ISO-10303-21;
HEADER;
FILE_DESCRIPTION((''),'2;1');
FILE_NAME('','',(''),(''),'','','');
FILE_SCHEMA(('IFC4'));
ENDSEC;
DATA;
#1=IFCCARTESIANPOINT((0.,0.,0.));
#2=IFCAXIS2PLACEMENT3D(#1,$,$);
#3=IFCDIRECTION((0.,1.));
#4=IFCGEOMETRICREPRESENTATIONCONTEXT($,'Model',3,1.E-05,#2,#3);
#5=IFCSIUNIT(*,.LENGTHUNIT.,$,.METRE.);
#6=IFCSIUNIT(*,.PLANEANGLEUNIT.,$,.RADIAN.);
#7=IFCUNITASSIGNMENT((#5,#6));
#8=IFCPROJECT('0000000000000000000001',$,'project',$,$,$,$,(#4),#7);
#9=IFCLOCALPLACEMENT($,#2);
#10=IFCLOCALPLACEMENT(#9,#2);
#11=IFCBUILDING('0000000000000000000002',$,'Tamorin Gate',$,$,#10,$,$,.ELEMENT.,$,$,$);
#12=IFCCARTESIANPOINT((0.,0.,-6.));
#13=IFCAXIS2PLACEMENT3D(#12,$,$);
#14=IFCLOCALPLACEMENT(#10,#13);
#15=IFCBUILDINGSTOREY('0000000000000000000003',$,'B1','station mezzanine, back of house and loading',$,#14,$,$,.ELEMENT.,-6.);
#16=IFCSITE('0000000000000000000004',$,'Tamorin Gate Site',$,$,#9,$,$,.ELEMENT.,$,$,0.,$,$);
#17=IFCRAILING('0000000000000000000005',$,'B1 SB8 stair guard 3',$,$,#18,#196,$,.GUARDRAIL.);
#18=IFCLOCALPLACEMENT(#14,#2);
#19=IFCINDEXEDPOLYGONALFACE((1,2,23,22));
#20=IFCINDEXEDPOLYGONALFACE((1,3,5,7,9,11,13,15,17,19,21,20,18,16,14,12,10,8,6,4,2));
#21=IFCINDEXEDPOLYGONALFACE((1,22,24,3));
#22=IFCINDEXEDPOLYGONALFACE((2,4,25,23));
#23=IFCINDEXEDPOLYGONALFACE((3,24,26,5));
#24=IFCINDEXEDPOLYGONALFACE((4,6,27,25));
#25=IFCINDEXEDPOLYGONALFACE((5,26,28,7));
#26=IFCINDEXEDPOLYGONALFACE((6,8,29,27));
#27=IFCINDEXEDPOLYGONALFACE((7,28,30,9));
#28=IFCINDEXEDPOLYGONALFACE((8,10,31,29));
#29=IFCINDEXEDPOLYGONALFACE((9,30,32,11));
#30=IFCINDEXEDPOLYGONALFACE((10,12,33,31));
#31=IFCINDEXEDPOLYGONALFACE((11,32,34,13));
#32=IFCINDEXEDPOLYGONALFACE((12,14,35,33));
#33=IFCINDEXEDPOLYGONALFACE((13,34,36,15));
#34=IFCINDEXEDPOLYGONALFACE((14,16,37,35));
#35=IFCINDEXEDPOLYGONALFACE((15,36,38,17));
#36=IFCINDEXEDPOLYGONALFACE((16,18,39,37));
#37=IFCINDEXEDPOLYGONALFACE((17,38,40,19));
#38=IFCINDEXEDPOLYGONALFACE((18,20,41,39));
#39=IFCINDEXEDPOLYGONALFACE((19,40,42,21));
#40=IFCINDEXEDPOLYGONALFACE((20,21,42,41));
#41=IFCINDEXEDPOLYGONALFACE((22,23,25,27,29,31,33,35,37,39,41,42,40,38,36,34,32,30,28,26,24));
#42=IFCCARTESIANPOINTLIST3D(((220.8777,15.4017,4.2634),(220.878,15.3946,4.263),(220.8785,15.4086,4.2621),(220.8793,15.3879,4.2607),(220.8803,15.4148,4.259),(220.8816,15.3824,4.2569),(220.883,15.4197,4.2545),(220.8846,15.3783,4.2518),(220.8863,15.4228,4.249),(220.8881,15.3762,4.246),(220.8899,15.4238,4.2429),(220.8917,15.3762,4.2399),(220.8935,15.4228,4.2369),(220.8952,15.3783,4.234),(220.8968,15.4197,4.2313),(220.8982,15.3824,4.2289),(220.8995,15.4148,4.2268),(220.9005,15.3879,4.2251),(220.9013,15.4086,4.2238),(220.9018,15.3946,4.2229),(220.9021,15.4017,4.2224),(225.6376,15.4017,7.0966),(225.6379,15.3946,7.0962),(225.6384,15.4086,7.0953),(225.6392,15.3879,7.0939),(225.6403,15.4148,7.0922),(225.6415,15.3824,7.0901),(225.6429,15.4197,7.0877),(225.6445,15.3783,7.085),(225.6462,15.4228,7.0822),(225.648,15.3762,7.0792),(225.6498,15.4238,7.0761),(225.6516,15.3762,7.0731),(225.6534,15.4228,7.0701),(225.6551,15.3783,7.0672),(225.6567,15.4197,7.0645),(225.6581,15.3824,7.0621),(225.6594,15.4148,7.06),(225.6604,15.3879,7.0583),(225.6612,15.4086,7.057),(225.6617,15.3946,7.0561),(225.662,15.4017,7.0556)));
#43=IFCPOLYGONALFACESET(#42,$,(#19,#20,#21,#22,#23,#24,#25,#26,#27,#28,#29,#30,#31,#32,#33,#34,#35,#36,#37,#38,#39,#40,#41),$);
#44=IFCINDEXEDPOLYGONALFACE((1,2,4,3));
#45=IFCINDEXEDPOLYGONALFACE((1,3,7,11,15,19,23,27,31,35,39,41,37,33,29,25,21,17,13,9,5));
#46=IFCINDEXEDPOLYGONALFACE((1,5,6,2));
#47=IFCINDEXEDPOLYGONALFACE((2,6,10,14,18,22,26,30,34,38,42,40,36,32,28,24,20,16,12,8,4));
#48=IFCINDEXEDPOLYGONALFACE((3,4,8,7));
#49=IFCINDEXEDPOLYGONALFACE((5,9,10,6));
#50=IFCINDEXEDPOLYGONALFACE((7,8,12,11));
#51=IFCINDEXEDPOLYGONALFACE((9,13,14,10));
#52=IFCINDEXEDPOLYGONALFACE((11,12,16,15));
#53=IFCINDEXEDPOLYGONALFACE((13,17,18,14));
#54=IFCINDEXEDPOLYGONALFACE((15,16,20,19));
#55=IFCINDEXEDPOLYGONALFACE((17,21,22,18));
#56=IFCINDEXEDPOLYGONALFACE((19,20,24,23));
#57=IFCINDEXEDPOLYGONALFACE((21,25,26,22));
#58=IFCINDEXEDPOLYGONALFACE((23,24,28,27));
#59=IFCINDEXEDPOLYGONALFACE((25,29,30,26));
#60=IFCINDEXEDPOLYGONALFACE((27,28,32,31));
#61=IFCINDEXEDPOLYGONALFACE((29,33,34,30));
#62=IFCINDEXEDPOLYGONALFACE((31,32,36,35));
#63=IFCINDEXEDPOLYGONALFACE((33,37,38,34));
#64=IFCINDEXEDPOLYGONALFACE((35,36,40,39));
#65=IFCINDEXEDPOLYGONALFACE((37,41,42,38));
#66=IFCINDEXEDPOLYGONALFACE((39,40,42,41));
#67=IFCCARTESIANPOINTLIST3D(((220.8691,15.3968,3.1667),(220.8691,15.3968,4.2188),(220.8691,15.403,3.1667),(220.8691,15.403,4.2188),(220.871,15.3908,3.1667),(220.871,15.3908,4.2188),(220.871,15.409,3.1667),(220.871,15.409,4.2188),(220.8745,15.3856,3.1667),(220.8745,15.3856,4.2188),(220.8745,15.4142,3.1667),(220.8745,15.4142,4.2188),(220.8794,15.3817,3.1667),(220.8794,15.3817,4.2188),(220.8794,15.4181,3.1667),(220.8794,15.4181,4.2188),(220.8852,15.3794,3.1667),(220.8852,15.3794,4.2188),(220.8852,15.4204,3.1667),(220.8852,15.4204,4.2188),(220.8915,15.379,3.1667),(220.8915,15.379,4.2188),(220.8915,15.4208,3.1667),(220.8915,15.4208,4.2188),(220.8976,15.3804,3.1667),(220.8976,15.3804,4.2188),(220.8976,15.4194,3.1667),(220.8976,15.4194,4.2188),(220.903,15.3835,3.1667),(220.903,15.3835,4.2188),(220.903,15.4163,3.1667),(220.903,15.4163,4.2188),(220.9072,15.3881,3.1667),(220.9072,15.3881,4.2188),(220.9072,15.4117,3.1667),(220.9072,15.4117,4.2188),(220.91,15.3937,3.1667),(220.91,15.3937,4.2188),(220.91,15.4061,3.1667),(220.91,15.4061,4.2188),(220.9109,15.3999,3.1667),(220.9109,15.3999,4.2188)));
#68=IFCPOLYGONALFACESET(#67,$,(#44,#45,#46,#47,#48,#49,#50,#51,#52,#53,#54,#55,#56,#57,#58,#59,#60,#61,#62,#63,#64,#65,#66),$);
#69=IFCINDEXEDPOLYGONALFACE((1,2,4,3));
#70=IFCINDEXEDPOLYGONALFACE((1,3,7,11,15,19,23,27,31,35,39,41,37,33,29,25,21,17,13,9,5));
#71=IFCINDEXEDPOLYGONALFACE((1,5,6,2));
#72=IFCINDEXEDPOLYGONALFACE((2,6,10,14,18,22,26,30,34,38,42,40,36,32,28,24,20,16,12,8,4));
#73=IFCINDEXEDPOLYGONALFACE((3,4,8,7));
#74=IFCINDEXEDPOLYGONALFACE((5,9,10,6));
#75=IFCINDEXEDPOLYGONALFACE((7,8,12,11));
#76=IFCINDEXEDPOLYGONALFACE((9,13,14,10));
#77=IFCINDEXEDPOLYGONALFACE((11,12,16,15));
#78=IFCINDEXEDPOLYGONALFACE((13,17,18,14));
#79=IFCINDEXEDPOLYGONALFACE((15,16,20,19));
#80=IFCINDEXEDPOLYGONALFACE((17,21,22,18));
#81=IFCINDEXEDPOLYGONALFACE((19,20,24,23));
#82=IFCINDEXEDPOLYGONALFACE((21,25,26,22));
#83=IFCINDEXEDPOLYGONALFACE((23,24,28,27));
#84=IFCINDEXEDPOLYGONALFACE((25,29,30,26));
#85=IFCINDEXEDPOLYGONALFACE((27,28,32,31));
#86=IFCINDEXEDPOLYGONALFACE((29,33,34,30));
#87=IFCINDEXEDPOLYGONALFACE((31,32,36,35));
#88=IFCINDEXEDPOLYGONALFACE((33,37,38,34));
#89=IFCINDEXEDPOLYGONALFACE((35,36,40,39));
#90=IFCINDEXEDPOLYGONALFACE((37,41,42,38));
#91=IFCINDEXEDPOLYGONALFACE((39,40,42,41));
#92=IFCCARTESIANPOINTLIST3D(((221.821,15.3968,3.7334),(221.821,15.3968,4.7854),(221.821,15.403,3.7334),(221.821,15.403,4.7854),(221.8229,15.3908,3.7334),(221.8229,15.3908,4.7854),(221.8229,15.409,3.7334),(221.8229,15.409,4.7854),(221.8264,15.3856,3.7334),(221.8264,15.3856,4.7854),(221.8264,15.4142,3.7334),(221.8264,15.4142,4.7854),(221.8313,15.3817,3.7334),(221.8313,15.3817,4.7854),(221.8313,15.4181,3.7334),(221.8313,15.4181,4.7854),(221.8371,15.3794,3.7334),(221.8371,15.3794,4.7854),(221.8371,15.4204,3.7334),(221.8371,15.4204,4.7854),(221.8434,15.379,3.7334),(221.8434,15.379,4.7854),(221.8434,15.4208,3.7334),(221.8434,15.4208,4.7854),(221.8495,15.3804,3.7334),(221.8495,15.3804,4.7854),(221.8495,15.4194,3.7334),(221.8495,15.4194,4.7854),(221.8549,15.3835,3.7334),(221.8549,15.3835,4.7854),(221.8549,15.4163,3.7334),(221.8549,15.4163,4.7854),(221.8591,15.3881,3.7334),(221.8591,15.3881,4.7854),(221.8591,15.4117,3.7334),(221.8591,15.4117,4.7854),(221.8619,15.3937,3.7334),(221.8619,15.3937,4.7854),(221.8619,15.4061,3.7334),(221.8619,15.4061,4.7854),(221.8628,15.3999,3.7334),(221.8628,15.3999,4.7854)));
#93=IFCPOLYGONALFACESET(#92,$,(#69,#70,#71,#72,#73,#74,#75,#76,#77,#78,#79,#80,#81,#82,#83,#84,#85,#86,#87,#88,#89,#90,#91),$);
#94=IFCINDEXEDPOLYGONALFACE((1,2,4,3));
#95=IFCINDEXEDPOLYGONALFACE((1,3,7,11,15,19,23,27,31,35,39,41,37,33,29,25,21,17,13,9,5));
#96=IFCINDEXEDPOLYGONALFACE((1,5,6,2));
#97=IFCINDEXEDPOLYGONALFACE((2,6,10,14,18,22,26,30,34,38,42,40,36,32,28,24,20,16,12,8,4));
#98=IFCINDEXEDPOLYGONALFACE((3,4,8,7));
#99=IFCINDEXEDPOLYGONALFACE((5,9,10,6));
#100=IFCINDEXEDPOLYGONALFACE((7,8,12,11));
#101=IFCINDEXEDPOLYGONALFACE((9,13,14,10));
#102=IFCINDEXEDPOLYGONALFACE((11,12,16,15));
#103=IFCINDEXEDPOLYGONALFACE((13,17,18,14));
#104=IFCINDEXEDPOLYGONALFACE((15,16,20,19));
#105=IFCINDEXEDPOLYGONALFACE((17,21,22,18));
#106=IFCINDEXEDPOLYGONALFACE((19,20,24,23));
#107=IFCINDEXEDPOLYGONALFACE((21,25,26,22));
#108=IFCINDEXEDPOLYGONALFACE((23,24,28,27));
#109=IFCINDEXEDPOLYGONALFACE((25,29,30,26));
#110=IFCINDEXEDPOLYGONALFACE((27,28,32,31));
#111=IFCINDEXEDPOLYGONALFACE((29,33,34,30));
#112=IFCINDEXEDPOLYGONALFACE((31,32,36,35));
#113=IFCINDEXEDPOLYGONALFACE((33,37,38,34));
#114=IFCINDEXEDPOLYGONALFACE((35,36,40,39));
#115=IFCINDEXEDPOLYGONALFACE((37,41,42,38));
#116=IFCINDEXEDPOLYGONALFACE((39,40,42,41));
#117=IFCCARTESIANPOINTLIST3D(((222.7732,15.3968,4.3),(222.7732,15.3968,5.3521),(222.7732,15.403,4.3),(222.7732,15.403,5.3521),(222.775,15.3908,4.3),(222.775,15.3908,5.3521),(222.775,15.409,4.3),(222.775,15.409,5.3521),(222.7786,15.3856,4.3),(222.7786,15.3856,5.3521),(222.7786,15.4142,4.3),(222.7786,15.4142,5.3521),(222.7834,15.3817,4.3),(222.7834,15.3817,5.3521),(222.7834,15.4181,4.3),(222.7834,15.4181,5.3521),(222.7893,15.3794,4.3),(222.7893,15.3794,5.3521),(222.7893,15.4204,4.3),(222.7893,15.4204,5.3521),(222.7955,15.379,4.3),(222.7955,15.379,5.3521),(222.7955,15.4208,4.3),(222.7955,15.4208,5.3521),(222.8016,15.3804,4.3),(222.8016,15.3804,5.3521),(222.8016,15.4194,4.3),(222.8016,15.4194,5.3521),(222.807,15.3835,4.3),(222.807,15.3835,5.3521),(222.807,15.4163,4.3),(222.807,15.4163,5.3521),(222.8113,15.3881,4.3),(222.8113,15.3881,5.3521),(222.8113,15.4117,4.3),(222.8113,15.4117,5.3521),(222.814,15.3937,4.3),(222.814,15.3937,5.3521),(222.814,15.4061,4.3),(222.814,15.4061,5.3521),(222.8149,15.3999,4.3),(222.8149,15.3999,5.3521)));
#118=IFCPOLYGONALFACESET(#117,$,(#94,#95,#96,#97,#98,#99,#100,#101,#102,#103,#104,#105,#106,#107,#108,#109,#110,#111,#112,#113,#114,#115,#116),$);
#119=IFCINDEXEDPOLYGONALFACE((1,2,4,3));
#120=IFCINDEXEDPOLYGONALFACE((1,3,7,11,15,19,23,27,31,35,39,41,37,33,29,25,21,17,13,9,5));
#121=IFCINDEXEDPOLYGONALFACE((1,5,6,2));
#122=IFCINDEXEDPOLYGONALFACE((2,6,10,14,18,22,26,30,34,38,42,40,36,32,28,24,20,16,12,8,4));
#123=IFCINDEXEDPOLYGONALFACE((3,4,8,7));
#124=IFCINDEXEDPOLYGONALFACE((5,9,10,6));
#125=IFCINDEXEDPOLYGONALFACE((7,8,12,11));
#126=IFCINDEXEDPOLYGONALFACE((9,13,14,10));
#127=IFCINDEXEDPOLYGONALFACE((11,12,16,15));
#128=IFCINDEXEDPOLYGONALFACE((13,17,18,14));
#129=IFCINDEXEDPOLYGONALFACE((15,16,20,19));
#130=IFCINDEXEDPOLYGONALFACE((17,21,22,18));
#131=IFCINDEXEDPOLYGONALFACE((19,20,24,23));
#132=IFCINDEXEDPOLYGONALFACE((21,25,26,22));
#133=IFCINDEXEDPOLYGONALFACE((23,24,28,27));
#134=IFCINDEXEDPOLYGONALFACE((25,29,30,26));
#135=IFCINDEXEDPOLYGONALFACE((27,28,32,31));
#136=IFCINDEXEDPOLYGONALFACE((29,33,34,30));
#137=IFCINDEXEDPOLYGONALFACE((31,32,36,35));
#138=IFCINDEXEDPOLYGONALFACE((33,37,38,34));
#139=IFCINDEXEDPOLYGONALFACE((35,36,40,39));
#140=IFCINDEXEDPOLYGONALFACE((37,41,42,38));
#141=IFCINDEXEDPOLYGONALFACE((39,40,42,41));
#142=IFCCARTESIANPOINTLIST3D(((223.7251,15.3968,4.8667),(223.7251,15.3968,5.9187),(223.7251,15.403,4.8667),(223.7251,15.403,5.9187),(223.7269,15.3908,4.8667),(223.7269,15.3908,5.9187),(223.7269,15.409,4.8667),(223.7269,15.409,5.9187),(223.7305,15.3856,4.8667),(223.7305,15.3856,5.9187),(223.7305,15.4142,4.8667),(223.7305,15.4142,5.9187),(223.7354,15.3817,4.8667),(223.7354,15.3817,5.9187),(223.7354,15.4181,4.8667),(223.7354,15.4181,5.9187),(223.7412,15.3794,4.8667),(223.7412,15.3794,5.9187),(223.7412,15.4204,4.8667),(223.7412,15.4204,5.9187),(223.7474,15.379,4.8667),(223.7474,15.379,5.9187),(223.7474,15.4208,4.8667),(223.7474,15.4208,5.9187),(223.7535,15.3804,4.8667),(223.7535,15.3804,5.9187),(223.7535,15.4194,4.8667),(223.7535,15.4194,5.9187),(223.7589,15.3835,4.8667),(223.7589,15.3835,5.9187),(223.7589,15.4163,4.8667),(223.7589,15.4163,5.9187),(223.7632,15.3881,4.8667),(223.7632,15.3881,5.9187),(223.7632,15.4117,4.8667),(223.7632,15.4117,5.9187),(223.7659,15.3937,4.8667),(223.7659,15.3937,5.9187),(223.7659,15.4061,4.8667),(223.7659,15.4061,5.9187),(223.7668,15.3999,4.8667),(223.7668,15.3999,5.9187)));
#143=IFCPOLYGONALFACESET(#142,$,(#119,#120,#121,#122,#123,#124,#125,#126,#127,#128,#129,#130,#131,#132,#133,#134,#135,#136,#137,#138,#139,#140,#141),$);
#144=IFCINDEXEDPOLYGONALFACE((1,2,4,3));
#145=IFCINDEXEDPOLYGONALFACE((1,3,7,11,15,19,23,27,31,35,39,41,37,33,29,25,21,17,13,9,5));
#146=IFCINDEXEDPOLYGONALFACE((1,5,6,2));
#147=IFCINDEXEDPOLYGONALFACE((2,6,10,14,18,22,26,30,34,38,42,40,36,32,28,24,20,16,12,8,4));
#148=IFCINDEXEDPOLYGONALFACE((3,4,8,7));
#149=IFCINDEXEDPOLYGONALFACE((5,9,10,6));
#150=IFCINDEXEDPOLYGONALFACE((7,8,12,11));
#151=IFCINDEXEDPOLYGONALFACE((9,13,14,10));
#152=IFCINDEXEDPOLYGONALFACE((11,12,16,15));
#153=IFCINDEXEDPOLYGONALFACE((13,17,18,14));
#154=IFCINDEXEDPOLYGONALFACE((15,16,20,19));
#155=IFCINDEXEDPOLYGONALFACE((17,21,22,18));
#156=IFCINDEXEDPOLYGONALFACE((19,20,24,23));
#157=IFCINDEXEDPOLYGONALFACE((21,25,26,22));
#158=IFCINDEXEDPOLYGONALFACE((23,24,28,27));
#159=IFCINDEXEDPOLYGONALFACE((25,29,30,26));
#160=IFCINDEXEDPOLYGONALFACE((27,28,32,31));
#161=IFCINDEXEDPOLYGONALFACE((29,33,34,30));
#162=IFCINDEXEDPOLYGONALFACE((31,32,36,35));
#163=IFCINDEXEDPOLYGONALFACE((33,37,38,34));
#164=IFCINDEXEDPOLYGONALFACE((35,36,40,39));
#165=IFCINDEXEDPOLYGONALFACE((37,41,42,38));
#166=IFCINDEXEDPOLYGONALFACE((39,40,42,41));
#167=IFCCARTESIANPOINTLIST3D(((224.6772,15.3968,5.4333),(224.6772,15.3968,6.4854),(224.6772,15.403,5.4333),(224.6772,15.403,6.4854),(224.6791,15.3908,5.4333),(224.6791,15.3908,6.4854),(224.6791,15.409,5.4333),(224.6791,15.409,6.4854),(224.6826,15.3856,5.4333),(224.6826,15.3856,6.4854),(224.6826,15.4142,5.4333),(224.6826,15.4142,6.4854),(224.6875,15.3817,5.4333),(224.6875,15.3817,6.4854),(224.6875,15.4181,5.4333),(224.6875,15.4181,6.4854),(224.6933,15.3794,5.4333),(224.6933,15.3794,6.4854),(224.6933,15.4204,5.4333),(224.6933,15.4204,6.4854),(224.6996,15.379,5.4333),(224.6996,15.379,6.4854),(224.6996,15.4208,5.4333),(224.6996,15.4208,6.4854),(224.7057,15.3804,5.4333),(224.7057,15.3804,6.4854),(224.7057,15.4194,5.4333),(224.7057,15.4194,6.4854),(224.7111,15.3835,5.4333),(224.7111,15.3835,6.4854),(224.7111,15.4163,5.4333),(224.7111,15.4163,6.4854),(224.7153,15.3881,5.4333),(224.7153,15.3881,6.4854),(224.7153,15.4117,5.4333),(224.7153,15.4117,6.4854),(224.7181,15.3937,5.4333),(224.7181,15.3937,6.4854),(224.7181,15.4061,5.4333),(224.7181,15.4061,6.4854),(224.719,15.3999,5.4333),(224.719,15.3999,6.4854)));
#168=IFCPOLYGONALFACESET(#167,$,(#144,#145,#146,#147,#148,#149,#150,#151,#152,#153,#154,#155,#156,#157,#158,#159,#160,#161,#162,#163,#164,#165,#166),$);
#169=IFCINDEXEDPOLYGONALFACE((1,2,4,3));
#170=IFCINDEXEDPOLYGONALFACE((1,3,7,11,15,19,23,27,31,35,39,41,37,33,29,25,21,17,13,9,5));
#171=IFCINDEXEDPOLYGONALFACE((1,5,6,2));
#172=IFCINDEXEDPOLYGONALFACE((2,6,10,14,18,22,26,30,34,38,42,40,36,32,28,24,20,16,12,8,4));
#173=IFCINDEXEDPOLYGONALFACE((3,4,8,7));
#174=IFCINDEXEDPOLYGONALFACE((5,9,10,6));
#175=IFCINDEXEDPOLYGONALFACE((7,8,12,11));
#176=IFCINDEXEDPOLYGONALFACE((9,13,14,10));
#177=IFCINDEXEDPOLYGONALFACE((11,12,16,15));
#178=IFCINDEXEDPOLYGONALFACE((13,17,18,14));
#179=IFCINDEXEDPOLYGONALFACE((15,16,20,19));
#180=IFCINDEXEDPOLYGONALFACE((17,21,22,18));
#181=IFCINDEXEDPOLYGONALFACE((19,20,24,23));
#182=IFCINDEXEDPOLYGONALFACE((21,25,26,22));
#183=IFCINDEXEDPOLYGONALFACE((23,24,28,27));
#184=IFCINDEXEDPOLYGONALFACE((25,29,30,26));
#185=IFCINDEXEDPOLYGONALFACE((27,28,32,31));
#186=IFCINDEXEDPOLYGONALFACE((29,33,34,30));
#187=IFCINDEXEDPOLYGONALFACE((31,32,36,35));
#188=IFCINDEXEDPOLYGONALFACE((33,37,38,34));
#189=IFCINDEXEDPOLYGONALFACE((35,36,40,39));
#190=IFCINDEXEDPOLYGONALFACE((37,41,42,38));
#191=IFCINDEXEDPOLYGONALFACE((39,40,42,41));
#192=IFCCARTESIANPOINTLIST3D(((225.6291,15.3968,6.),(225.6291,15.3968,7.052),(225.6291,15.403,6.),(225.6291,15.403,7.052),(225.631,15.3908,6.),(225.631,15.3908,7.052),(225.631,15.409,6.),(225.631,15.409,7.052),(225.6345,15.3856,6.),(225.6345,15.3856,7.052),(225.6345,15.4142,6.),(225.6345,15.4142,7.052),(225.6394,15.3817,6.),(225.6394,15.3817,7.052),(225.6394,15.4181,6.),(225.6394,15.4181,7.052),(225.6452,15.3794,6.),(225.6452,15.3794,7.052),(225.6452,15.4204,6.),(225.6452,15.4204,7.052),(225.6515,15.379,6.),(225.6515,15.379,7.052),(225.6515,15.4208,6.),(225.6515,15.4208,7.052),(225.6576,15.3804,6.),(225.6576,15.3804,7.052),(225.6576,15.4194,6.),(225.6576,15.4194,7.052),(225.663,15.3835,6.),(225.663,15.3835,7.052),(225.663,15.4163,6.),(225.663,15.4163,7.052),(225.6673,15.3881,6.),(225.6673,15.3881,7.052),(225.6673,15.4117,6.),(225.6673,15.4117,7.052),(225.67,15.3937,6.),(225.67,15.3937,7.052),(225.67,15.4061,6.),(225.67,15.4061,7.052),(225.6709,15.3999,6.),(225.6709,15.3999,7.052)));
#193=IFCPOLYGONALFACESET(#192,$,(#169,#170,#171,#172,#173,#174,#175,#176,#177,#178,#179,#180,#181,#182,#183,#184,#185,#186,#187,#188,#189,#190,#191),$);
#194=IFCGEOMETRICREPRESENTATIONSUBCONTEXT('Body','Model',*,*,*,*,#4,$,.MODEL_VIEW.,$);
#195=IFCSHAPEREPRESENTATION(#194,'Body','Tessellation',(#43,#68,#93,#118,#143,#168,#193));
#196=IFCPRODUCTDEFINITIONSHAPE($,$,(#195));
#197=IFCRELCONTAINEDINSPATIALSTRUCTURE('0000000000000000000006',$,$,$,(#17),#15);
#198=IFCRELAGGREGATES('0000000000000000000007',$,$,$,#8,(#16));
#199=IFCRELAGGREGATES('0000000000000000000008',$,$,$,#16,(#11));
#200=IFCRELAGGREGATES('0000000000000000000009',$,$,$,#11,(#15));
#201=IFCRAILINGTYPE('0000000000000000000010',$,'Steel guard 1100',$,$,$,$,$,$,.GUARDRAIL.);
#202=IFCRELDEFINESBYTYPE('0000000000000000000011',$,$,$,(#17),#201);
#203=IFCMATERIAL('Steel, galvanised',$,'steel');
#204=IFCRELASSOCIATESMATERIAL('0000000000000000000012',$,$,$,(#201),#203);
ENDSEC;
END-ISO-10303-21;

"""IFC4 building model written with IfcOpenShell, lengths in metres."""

from ifc_helpers import new_model, si_unit, direction, frame, origin, origin_2d, place, context, subcontext, project, spatial, circle, extrude, material, type_object, element, save


model = new_model("IFC4")

# Units and contexts
model_context = context("Model", 3, precision=1e-05, world=origin(), true_north=direction((0.0, 1.0)))
body_context = subcontext(model_context, "Body", "Model", "MODEL_VIEW")
ifc_project = project(units=[si_unit("LENGTHUNIT", "METRE"), si_unit("PLANEANGLEUNIT", "RADIAN")], contexts=[model_context])

# Site, building, storey
site_placement = place(None, origin())
site = spatial("IfcSite", under=ifc_project, at=site_placement, Name="Tamorin Gate Site", CompositionType="ELEMENT", RefElevation=0.0)
building_placement = place(site_placement, origin())
building = spatial("IfcBuilding", under=site, at=building_placement, Name="Tamorin Gate", CompositionType="ELEMENT")
storey_placement = place(building_placement, frame((0.0, 0.0, -6.0)))
storey = spatial("IfcBuildingStorey", under=building, at=storey_placement, Name="B1", Description="station mezzanine, back of house and loading", CompositionType="ELEMENT", Elevation=-6.0)

# Railing
ifc_material_1 = material(Name="Steel, galvanised", Category="steel")
railing_type_1 = type_object("IfcRailingType", Name="Steel guard 1100", PredefinedType="GUARDRAIL", material=ifc_material_1)
railing_1_placement = place(storey_placement, frame((220.8899, 15.3999, 3.1667)))
element("IfcRailing", 1, at=railing_1_placement, inside=storey, type_object=railing_type_1, Name="B1 SB8 stair guard 3", PredefinedType="GUARDRAIL", context=body_context, shape_type="SweptSolid", body=[
    extrude(circle(Radius=0.0239, at=origin_2d()), frame((0.0, 0.0, 1.0762), z_axis=(0.8593, 0.0, 0.511472), x_axis=(0.0, 1.0, 0.0)), (0.0, 0.0, 1.0), 5.5393),
    extrude(circle(Radius=0.021, at=origin_2d()), origin(), (0.0, 0.0, 1.0), 1.052),
    extrude(circle(Radius=0.021, at=origin_2d()), frame((0.9519, 0.0, 0.5667)), (0.0, 0.0, 1.0), 1.052),
    extrude(circle(Radius=0.021, at=origin_2d()), frame((1.9041, 0.0, 1.1333)), (0.0, 0.0, 1.0), 1.052),
    extrude(circle(Radius=0.021, at=origin_2d()), frame((2.856, 0.0, 1.7)), (0.0, 0.0, 1.0), 1.052),
    extrude(circle(Radius=0.021, at=origin_2d()), frame((3.8081, 0.0, 2.2666)), (0.0, 0.0, 1.0), 1.052),
    extrude(circle(Radius=0.021, at=origin_2d()), frame((4.76, 0.0, 2.8333)), (0.0, 0.0, 1.0), 1.052),
])

save(model, "model.ifc")
